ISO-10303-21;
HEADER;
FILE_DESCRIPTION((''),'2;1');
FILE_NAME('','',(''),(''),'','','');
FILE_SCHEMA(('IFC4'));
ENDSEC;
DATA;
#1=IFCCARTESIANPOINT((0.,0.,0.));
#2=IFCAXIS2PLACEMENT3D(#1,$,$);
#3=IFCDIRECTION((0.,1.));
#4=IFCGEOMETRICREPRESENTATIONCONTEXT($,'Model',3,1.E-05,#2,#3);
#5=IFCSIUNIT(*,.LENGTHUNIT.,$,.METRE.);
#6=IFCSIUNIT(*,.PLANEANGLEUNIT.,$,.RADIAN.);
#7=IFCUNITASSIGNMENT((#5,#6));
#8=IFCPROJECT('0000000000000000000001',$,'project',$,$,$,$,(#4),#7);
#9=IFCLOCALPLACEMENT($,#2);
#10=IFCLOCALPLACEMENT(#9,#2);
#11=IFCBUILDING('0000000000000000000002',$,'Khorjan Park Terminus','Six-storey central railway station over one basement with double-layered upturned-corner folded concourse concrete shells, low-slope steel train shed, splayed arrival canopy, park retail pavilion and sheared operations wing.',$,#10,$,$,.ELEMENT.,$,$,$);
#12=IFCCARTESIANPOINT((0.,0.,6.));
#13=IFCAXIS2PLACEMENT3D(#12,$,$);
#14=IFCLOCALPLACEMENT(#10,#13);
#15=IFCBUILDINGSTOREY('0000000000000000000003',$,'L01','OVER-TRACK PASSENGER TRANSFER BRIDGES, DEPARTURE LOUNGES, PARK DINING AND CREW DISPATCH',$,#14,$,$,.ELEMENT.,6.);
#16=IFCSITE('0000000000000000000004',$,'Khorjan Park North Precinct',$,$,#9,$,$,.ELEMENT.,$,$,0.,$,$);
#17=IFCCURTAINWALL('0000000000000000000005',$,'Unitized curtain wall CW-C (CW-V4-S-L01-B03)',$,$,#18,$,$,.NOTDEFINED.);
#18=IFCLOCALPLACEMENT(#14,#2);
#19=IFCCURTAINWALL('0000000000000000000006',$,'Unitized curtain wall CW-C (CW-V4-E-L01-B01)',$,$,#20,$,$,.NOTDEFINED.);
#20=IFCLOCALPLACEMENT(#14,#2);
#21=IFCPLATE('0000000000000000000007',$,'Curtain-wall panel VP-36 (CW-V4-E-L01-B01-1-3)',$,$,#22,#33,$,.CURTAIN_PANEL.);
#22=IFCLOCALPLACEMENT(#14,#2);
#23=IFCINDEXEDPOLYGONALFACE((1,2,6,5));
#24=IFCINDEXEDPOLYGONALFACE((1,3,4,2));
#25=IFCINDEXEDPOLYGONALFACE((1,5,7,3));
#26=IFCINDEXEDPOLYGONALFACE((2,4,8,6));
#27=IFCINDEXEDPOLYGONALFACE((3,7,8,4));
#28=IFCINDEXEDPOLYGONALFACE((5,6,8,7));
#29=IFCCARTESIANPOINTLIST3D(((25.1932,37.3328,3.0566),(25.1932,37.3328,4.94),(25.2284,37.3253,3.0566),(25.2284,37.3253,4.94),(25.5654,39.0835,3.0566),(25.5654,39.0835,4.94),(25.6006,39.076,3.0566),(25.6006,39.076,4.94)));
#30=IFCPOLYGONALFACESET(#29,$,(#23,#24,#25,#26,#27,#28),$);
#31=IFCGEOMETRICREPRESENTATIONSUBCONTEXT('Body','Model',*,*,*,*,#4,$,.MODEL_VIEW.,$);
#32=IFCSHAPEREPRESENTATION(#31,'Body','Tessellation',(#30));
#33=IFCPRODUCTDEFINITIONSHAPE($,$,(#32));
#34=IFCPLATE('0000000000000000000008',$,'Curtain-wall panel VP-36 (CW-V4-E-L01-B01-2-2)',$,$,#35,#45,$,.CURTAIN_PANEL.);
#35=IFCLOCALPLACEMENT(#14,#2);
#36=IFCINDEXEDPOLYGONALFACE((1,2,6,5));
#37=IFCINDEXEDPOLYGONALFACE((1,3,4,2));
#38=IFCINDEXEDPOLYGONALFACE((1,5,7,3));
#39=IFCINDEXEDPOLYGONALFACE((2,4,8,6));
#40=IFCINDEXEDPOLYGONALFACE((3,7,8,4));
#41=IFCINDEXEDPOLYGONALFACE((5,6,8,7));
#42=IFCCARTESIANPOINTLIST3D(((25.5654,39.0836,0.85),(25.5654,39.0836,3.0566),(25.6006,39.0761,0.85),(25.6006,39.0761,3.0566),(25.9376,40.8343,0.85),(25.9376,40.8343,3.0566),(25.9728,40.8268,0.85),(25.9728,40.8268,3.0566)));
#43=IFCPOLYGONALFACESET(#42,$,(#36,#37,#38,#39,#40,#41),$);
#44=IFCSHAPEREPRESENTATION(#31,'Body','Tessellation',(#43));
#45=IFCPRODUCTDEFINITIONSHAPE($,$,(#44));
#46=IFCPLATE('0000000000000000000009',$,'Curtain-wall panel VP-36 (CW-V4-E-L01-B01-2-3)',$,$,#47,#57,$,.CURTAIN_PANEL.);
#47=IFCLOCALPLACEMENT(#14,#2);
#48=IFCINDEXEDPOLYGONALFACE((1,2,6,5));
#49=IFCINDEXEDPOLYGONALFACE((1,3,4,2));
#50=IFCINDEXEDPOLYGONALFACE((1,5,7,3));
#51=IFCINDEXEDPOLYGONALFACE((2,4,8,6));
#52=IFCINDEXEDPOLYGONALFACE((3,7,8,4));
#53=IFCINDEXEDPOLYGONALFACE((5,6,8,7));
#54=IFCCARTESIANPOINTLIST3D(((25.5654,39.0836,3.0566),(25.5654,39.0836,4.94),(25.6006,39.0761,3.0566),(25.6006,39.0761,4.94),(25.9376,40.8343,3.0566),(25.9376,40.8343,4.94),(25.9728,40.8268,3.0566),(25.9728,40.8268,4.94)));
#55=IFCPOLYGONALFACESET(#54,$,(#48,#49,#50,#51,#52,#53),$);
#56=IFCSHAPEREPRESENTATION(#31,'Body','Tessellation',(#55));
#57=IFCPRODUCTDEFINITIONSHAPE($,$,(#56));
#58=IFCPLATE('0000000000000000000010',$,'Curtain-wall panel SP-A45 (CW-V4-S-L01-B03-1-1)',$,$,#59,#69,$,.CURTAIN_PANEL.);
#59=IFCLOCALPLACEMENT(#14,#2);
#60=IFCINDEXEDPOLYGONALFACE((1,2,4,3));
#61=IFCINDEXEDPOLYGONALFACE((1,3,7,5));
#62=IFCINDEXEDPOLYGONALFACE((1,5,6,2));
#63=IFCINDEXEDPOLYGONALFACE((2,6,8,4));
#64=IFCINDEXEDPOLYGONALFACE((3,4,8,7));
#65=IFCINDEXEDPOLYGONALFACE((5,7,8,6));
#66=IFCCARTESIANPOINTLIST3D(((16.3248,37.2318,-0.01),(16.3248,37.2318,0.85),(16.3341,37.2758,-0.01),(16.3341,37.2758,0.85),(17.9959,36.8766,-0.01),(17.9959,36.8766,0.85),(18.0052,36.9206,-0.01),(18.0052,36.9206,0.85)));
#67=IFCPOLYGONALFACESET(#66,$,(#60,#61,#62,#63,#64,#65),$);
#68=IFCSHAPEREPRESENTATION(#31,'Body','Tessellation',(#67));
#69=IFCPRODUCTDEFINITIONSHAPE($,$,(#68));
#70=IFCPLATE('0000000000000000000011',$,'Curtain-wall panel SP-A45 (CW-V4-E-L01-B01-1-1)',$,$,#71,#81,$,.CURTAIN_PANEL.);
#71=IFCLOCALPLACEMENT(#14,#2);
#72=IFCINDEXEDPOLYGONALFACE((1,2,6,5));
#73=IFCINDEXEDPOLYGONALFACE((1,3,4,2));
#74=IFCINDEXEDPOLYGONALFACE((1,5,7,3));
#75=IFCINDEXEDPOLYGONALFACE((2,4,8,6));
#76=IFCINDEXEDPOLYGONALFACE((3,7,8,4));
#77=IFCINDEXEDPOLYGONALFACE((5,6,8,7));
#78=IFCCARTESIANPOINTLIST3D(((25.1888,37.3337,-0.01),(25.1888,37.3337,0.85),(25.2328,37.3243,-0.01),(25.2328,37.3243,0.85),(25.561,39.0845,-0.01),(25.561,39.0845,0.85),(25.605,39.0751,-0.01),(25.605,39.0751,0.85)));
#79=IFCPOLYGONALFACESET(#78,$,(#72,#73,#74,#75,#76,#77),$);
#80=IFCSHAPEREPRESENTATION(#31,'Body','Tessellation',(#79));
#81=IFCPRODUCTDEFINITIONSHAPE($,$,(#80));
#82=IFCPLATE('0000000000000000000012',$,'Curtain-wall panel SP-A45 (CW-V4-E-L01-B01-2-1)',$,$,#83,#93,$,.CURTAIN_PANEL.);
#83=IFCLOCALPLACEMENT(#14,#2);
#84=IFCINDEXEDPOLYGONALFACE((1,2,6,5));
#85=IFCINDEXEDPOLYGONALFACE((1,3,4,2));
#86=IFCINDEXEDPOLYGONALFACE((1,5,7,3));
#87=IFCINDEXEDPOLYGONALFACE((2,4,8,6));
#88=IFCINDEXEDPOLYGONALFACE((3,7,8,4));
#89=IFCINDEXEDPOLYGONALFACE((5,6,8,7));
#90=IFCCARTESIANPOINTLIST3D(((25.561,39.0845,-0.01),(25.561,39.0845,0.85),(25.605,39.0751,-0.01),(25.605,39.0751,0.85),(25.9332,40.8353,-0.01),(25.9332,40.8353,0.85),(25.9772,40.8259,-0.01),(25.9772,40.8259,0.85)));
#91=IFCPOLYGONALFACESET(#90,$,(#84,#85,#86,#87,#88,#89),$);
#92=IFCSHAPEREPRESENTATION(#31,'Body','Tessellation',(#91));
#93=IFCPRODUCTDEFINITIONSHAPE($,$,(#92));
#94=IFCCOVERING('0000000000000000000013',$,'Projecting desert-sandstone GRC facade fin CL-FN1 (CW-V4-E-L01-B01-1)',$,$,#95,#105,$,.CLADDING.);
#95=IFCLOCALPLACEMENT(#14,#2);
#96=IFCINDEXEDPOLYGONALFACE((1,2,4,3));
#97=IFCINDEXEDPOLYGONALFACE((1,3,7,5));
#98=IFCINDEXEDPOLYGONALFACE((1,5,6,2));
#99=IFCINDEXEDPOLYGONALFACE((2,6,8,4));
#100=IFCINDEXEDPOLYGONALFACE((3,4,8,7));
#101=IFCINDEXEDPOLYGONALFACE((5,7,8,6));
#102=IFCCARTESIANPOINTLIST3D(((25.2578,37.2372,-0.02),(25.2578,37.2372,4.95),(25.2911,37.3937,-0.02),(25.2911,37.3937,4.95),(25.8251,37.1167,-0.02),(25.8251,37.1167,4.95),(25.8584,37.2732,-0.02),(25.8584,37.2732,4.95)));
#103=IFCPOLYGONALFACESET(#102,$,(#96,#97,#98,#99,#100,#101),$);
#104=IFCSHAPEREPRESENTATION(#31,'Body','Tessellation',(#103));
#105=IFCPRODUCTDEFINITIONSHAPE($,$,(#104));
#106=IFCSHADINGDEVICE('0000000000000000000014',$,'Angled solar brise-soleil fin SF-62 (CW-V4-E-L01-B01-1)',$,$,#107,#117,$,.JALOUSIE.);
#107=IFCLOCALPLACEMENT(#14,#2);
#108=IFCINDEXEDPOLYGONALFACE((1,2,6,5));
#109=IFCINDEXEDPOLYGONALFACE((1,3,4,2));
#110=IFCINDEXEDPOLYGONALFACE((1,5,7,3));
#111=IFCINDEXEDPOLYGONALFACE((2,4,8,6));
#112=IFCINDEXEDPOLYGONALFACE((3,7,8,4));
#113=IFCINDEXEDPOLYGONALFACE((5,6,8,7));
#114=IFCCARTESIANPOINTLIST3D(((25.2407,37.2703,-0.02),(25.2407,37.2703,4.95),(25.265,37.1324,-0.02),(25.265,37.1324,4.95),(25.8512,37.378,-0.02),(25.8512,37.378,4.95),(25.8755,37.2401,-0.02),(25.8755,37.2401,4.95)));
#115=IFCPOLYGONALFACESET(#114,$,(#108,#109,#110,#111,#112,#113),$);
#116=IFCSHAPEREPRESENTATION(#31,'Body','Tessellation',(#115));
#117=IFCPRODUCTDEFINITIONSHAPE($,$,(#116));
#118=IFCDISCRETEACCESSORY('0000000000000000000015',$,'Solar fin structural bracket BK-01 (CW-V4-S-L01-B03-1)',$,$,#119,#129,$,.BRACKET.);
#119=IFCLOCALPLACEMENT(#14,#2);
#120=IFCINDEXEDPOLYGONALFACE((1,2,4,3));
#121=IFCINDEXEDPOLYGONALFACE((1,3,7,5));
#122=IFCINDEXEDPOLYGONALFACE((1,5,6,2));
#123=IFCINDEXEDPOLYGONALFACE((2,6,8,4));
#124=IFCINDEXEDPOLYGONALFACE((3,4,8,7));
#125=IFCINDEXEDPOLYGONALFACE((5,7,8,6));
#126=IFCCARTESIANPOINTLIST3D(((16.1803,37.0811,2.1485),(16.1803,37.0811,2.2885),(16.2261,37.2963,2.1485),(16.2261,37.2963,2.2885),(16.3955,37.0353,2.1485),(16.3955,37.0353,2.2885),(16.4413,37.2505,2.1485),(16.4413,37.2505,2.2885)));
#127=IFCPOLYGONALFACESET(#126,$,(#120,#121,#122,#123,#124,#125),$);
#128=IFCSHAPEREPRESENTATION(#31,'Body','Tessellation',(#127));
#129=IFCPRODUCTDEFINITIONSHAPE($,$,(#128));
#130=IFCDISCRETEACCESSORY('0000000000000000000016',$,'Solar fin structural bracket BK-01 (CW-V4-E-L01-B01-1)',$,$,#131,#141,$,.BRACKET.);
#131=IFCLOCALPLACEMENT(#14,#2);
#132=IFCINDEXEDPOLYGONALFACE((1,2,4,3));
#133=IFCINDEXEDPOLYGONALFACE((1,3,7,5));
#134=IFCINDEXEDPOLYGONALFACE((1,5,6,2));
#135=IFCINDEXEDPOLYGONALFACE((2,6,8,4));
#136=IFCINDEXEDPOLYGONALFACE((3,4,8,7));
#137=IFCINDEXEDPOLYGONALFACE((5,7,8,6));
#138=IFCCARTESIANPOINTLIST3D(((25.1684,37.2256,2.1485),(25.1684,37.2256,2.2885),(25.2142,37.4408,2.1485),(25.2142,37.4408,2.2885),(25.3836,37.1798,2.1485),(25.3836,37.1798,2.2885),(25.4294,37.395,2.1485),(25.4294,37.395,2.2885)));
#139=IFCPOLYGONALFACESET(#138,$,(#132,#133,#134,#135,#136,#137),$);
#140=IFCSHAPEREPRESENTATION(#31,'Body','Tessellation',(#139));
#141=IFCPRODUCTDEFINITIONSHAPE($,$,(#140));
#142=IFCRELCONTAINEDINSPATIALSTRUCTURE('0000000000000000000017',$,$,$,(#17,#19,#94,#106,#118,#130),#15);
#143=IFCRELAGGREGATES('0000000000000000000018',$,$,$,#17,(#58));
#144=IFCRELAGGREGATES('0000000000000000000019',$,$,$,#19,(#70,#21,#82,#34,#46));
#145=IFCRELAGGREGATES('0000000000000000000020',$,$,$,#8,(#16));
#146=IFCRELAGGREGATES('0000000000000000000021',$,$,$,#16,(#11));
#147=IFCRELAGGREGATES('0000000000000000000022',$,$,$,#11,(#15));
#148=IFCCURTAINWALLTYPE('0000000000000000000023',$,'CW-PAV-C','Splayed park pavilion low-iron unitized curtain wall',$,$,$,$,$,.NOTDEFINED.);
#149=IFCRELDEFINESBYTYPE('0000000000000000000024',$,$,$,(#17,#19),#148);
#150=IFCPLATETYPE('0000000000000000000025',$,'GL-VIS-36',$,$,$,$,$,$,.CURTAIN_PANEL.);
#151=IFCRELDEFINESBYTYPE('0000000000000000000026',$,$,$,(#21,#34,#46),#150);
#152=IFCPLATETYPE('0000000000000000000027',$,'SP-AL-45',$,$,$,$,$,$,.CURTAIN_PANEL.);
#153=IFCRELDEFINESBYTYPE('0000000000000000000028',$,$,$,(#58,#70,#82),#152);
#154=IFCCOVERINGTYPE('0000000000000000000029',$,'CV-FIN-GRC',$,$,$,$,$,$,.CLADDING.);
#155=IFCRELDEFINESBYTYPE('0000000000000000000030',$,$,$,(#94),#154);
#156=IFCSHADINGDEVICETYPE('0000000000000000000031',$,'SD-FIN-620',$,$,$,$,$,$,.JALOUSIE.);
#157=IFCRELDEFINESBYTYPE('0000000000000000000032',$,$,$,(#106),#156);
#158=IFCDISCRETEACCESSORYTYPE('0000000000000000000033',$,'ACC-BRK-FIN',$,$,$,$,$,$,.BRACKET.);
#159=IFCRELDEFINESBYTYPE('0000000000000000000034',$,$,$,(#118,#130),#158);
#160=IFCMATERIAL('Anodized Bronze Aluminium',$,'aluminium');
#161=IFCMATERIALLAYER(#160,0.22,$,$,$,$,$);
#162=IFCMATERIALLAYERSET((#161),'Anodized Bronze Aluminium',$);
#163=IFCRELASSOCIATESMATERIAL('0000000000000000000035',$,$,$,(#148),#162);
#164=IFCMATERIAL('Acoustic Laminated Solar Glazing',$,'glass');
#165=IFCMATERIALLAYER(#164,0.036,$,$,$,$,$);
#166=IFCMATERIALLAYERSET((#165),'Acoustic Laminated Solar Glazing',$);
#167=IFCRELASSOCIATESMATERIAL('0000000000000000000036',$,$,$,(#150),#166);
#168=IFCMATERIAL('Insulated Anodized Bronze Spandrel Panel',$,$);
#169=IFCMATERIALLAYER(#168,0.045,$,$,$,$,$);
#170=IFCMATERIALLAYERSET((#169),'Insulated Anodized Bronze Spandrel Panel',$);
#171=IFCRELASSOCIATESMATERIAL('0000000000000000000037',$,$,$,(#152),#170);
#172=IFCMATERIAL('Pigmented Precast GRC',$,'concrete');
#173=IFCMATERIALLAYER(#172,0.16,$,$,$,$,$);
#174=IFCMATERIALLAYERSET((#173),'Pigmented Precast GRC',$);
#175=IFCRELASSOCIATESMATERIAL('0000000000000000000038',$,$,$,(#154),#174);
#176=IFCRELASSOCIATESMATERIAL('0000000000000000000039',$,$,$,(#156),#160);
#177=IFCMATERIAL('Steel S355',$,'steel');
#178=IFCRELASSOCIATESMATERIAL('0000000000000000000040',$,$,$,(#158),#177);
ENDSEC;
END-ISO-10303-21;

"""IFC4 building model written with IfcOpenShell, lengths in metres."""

from ifc_helpers import new_model, si_unit, direction, frame, origin, origin_2d, place, context, subcontext, project, spatial, rectangle, extrude, material, layer, layer_set, type_object, element, aggregate, save


model = new_model("IFC4")

# Units and contexts
model_context = context("Model", 3, precision=1e-05, world=origin(), true_north=direction((0.0, 1.0)))
body_context = subcontext(model_context, "Body", "Model", "MODEL_VIEW")
ifc_project = project(units=[si_unit("LENGTHUNIT", "METRE"), si_unit("PLANEANGLEUNIT", "RADIAN")], contexts=[model_context])

# Site, building, storey
site_placement = place(None, origin())
site = spatial("IfcSite", under=ifc_project, at=site_placement, Name="Khorjan Park North Precinct", CompositionType="ELEMENT", RefElevation=0.0)
building_placement = place(site_placement, origin())
building = spatial("IfcBuilding", under=site, at=building_placement, Name="Khorjan Park Terminus", Description="Six-storey central railway station over one basement with double-layered upturned-corner folded concourse concrete shells, low-slope steel train shed, splayed arrival canopy, park retail pavilion and sheared operations wing.", CompositionType="ELEMENT")
storey_placement = place(building_placement, frame((0.0, 0.0, 6.0)))
storey = spatial("IfcBuildingStorey", under=building, at=storey_placement, Name="L01", Description="OVER-TRACK PASSENGER TRANSFER BRIDGES, DEPARTURE LOUNGES, PARK DINING AND CREW DISPATCH", CompositionType="ELEMENT", Elevation=6.0)

# Curtain walls
ifc_material_1 = material(Name="Anodized Bronze Aluminium", Category="aluminium")
ifc_layer_1 = layer(ifc_material_1, 0.22)
ifc_layer_set_1 = layer_set([ifc_layer_1], Name="Anodized Bronze Aluminium")
curtain_wall_type = type_object("IfcCurtainWallType", Name="CW-PAV-C", Description="Splayed park pavilion low-iron unitized curtain wall", PredefinedType="NOTDEFINED", material=ifc_layer_set_1)
curtain_wall_1_placement = place(storey_placement, origin())
curtain_wall_1 = element("IfcCurtainWall", 1, at=curtain_wall_1_placement, inside=storey, type_object=curtain_wall_type, Name="Unitized curtain wall CW-C (CW-V4-S-L01-B03)", PredefinedType="NOTDEFINED")
curtain_wall_2_placement = place(storey_placement, origin())
curtain_wall_2 = element("IfcCurtainWall", 2, at=curtain_wall_2_placement, inside=storey, type_object=curtain_wall_type, Name="Unitized curtain wall CW-C (CW-V4-E-L01-B01)", PredefinedType="NOTDEFINED")

# Plates
ifc_material_2 = material(Name="Acoustic Laminated Solar Glazing", Category="glass")
ifc_layer_2 = layer(ifc_material_2, 0.036)
ifc_layer_set_2 = layer_set([ifc_layer_2], Name="Acoustic Laminated Solar Glazing")
plate_type_1 = type_object("IfcPlateType", Name="GL-VIS-36", PredefinedType="CURTAIN_PANEL", material=ifc_layer_set_2)
plate_1_placement = place(storey_placement, frame((25.3969, 38.2044, 3.0566), z_axis=(0.0, 0.0, 1.0), x_axis=(0.207917, 0.978147, 0.0)))
plate_1 = element("IfcPlate", 3, at=plate_1_placement, type_object=plate_type_1, Name="Curtain-wall panel VP-36 (CW-V4-E-L01-B01-1-3)", PredefinedType="CURTAIN_PANEL", context=body_context, shape_type="SweptSolid", body=[
    extrude(rectangle(XDim=1.7899, YDim=0.036, at=origin_2d()), origin(), (0.0, 0.0, 1.0), 1.8834),
])
plate_2_placement = place(storey_placement, frame((25.7691, 39.9552, 0.85), z_axis=(0.0, 0.0, 1.0), x_axis=(0.207917, 0.978147, 0.0)))
plate_2 = element("IfcPlate", 4, at=plate_2_placement, type_object=plate_type_1, Name="Curtain-wall panel VP-36 (CW-V4-E-L01-B01-2-2)", PredefinedType="CURTAIN_PANEL", context=body_context, shape_type="SweptSolid", body=[
    extrude(rectangle(XDim=1.7899, YDim=0.036, at=origin_2d()), origin(), (0.0, 0.0, 1.0), 2.2066),
])
plate_3_placement = place(storey_placement, frame((25.7691, 39.9552, 3.0566), z_axis=(0.0, 0.0, 1.0), x_axis=(0.207917, 0.978147, 0.0)))
plate_3 = element("IfcPlate", 5, at=plate_3_placement, type_object=plate_type_1, Name="Curtain-wall panel VP-36 (CW-V4-E-L01-B01-2-3)", PredefinedType="CURTAIN_PANEL", context=body_context, shape_type="SweptSolid", body=[
    extrude(rectangle(XDim=1.7899, YDim=0.036, at=origin_2d()), origin(), (0.0, 0.0, 1.0), 1.8834),
])
ifc_material_3 = material(Name="Insulated Anodized Bronze Spandrel Panel")
ifc_layer_3 = layer(ifc_material_3, 0.045)
ifc_layer_set_3 = layer_set([ifc_layer_3], Name="Insulated Anodized Bronze Spandrel Panel")
plate_type_2 = type_object("IfcPlateType", Name="SP-AL-45", PredefinedType="CURTAIN_PANEL", material=ifc_layer_set_3)
plate_4_placement = place(storey_placement, frame((17.165, 37.0762, -0.01), z_axis=(0.0, 0.0, 1.0), x_axis=(0.978147, -0.207914, 0.0)))
plate_4 = element("IfcPlate", 6, at=plate_4_placement, type_object=plate_type_2, Name="Curtain-wall panel SP-A45 (CW-V4-S-L01-B03-1-1)", PredefinedType="CURTAIN_PANEL", context=body_context, shape_type="SweptSolid", body=[
    extrude(rectangle(XDim=1.7084, YDim=0.045, at=origin_2d()), origin(), (0.0, 0.0, 1.0), 0.86),
])
aggregate(curtain_wall_1, [plate_4])
plate_5_placement = place(storey_placement, frame((25.3969, 38.2044, -0.01), z_axis=(0.0, 0.0, 1.0), x_axis=(0.207917, 0.978147, 0.0)))
plate_5 = element("IfcPlate", 7, at=plate_5_placement, type_object=plate_type_2, Name="Curtain-wall panel SP-A45 (CW-V4-E-L01-B01-1-1)", PredefinedType="CURTAIN_PANEL", context=body_context, shape_type="SweptSolid", body=[
    extrude(rectangle(XDim=1.7899, YDim=0.045, at=origin_2d()), origin(), (0.0, 0.0, 1.0), 0.86),
])
plate_6_placement = place(storey_placement, frame((25.7691, 39.9552, -0.01), z_axis=(0.0, 0.0, 1.0), x_axis=(0.207917, 0.978147, 0.0)))
plate_6 = element("IfcPlate", 8, at=plate_6_placement, type_object=plate_type_2, Name="Curtain-wall panel SP-A45 (CW-V4-E-L01-B01-2-1)", PredefinedType="CURTAIN_PANEL", context=body_context, shape_type="SweptSolid", body=[
    extrude(rectangle(XDim=1.7899, YDim=0.045, at=origin_2d()), origin(), (0.0, 0.0, 1.0), 0.86),
])
aggregate(curtain_wall_2, [plate_5, plate_1, plate_6, plate_2, plate_3])

# Covering
ifc_material_4 = material(Name="Pigmented Precast GRC", Category="concrete")
ifc_layer_4 = layer(ifc_material_4, 0.16)
ifc_layer_set_4 = layer_set([ifc_layer_4], Name="Pigmented Precast GRC")
covering_type = type_object("IfcCoveringType", Name="CV-FIN-GRC", PredefinedType="CLADDING", material=ifc_layer_set_4)
covering_placement = place(storey_placement, frame((25.5581, 37.2552, -0.02), z_axis=(0.0, 0.0, 1.0), x_axis=(-0.978148, 0.207912, 0.0)))
element("IfcCovering", 9, at=covering_placement, inside=storey, type_object=covering_type, Name="Projecting desert-sandstone GRC facade fin CL-FN1 (CW-V4-E-L01-B01-1)", PredefinedType="CLADDING", context=body_context, shape_type="SweptSolid", body=[
    extrude(rectangle(XDim=0.58, YDim=0.16, at=origin_2d()), origin(), (0.0, 0.0, 1.0), 4.97),
])

# Shading device
shading_device_type = type_object("IfcShadingDeviceType", Name="SD-FIN-620", PredefinedType="JALOUSIE", material=ifc_material_1)
shading_device_placement = place(storey_placement, frame((25.5581, 37.2552, -0.02), z_axis=(0.0, 0.0, 1.0), x_axis=(-0.984808, -0.173648, 0.0)))
element("IfcShadingDevice", 10, at=shading_device_placement, inside=storey, type_object=shading_device_type, Name="Angled solar brise-soleil fin SF-62 (CW-V4-E-L01-B01-1)", PredefinedType="JALOUSIE", context=body_context, shape_type="SweptSolid", body=[
    extrude(rectangle(XDim=0.62, YDim=0.14, at=origin_2d()), origin(), (0.0, 0.0, 1.0), 4.97),
])

# Discrete accessories
ifc_material_5 = material(Name="Steel S355", Category="steel")
discrete_accessory_type = type_object("IfcDiscreteAccessoryType", Name="ACC-BRK-FIN", PredefinedType="BRACKET", material=ifc_material_5)
for number, where, z_axis, x_axis, name in (
    (11, (16.3108, 37.1658, 2.1485), (0.0, 0.0, 1.0), (0.978147, -0.207914, 0.0), "Solar fin structural bracket BK-01 (CW-V4-S-L01-B03-1)"),
    (12, (25.2989, 37.3103, 2.1485), (0.0, 0.0, 1.0), (0.207917, 0.978147, 0.0), "Solar fin structural bracket BK-01 (CW-V4-E-L01-B01-1)"),
):
    element("IfcDiscreteAccessory", number, at=place(storey_placement, frame(where, z_axis=z_axis, x_axis=x_axis)), inside=storey, type_object=discrete_accessory_type, Name=name, PredefinedType="BRACKET", context=body_context, shape_type="SweptSolid", body=[
        extrude(rectangle(XDim=0.22, YDim=0.22, at=origin_2d()), origin(), (0.0, 0.0, 1.0), 0.14),
    ])

save(model, "model.ifc")
